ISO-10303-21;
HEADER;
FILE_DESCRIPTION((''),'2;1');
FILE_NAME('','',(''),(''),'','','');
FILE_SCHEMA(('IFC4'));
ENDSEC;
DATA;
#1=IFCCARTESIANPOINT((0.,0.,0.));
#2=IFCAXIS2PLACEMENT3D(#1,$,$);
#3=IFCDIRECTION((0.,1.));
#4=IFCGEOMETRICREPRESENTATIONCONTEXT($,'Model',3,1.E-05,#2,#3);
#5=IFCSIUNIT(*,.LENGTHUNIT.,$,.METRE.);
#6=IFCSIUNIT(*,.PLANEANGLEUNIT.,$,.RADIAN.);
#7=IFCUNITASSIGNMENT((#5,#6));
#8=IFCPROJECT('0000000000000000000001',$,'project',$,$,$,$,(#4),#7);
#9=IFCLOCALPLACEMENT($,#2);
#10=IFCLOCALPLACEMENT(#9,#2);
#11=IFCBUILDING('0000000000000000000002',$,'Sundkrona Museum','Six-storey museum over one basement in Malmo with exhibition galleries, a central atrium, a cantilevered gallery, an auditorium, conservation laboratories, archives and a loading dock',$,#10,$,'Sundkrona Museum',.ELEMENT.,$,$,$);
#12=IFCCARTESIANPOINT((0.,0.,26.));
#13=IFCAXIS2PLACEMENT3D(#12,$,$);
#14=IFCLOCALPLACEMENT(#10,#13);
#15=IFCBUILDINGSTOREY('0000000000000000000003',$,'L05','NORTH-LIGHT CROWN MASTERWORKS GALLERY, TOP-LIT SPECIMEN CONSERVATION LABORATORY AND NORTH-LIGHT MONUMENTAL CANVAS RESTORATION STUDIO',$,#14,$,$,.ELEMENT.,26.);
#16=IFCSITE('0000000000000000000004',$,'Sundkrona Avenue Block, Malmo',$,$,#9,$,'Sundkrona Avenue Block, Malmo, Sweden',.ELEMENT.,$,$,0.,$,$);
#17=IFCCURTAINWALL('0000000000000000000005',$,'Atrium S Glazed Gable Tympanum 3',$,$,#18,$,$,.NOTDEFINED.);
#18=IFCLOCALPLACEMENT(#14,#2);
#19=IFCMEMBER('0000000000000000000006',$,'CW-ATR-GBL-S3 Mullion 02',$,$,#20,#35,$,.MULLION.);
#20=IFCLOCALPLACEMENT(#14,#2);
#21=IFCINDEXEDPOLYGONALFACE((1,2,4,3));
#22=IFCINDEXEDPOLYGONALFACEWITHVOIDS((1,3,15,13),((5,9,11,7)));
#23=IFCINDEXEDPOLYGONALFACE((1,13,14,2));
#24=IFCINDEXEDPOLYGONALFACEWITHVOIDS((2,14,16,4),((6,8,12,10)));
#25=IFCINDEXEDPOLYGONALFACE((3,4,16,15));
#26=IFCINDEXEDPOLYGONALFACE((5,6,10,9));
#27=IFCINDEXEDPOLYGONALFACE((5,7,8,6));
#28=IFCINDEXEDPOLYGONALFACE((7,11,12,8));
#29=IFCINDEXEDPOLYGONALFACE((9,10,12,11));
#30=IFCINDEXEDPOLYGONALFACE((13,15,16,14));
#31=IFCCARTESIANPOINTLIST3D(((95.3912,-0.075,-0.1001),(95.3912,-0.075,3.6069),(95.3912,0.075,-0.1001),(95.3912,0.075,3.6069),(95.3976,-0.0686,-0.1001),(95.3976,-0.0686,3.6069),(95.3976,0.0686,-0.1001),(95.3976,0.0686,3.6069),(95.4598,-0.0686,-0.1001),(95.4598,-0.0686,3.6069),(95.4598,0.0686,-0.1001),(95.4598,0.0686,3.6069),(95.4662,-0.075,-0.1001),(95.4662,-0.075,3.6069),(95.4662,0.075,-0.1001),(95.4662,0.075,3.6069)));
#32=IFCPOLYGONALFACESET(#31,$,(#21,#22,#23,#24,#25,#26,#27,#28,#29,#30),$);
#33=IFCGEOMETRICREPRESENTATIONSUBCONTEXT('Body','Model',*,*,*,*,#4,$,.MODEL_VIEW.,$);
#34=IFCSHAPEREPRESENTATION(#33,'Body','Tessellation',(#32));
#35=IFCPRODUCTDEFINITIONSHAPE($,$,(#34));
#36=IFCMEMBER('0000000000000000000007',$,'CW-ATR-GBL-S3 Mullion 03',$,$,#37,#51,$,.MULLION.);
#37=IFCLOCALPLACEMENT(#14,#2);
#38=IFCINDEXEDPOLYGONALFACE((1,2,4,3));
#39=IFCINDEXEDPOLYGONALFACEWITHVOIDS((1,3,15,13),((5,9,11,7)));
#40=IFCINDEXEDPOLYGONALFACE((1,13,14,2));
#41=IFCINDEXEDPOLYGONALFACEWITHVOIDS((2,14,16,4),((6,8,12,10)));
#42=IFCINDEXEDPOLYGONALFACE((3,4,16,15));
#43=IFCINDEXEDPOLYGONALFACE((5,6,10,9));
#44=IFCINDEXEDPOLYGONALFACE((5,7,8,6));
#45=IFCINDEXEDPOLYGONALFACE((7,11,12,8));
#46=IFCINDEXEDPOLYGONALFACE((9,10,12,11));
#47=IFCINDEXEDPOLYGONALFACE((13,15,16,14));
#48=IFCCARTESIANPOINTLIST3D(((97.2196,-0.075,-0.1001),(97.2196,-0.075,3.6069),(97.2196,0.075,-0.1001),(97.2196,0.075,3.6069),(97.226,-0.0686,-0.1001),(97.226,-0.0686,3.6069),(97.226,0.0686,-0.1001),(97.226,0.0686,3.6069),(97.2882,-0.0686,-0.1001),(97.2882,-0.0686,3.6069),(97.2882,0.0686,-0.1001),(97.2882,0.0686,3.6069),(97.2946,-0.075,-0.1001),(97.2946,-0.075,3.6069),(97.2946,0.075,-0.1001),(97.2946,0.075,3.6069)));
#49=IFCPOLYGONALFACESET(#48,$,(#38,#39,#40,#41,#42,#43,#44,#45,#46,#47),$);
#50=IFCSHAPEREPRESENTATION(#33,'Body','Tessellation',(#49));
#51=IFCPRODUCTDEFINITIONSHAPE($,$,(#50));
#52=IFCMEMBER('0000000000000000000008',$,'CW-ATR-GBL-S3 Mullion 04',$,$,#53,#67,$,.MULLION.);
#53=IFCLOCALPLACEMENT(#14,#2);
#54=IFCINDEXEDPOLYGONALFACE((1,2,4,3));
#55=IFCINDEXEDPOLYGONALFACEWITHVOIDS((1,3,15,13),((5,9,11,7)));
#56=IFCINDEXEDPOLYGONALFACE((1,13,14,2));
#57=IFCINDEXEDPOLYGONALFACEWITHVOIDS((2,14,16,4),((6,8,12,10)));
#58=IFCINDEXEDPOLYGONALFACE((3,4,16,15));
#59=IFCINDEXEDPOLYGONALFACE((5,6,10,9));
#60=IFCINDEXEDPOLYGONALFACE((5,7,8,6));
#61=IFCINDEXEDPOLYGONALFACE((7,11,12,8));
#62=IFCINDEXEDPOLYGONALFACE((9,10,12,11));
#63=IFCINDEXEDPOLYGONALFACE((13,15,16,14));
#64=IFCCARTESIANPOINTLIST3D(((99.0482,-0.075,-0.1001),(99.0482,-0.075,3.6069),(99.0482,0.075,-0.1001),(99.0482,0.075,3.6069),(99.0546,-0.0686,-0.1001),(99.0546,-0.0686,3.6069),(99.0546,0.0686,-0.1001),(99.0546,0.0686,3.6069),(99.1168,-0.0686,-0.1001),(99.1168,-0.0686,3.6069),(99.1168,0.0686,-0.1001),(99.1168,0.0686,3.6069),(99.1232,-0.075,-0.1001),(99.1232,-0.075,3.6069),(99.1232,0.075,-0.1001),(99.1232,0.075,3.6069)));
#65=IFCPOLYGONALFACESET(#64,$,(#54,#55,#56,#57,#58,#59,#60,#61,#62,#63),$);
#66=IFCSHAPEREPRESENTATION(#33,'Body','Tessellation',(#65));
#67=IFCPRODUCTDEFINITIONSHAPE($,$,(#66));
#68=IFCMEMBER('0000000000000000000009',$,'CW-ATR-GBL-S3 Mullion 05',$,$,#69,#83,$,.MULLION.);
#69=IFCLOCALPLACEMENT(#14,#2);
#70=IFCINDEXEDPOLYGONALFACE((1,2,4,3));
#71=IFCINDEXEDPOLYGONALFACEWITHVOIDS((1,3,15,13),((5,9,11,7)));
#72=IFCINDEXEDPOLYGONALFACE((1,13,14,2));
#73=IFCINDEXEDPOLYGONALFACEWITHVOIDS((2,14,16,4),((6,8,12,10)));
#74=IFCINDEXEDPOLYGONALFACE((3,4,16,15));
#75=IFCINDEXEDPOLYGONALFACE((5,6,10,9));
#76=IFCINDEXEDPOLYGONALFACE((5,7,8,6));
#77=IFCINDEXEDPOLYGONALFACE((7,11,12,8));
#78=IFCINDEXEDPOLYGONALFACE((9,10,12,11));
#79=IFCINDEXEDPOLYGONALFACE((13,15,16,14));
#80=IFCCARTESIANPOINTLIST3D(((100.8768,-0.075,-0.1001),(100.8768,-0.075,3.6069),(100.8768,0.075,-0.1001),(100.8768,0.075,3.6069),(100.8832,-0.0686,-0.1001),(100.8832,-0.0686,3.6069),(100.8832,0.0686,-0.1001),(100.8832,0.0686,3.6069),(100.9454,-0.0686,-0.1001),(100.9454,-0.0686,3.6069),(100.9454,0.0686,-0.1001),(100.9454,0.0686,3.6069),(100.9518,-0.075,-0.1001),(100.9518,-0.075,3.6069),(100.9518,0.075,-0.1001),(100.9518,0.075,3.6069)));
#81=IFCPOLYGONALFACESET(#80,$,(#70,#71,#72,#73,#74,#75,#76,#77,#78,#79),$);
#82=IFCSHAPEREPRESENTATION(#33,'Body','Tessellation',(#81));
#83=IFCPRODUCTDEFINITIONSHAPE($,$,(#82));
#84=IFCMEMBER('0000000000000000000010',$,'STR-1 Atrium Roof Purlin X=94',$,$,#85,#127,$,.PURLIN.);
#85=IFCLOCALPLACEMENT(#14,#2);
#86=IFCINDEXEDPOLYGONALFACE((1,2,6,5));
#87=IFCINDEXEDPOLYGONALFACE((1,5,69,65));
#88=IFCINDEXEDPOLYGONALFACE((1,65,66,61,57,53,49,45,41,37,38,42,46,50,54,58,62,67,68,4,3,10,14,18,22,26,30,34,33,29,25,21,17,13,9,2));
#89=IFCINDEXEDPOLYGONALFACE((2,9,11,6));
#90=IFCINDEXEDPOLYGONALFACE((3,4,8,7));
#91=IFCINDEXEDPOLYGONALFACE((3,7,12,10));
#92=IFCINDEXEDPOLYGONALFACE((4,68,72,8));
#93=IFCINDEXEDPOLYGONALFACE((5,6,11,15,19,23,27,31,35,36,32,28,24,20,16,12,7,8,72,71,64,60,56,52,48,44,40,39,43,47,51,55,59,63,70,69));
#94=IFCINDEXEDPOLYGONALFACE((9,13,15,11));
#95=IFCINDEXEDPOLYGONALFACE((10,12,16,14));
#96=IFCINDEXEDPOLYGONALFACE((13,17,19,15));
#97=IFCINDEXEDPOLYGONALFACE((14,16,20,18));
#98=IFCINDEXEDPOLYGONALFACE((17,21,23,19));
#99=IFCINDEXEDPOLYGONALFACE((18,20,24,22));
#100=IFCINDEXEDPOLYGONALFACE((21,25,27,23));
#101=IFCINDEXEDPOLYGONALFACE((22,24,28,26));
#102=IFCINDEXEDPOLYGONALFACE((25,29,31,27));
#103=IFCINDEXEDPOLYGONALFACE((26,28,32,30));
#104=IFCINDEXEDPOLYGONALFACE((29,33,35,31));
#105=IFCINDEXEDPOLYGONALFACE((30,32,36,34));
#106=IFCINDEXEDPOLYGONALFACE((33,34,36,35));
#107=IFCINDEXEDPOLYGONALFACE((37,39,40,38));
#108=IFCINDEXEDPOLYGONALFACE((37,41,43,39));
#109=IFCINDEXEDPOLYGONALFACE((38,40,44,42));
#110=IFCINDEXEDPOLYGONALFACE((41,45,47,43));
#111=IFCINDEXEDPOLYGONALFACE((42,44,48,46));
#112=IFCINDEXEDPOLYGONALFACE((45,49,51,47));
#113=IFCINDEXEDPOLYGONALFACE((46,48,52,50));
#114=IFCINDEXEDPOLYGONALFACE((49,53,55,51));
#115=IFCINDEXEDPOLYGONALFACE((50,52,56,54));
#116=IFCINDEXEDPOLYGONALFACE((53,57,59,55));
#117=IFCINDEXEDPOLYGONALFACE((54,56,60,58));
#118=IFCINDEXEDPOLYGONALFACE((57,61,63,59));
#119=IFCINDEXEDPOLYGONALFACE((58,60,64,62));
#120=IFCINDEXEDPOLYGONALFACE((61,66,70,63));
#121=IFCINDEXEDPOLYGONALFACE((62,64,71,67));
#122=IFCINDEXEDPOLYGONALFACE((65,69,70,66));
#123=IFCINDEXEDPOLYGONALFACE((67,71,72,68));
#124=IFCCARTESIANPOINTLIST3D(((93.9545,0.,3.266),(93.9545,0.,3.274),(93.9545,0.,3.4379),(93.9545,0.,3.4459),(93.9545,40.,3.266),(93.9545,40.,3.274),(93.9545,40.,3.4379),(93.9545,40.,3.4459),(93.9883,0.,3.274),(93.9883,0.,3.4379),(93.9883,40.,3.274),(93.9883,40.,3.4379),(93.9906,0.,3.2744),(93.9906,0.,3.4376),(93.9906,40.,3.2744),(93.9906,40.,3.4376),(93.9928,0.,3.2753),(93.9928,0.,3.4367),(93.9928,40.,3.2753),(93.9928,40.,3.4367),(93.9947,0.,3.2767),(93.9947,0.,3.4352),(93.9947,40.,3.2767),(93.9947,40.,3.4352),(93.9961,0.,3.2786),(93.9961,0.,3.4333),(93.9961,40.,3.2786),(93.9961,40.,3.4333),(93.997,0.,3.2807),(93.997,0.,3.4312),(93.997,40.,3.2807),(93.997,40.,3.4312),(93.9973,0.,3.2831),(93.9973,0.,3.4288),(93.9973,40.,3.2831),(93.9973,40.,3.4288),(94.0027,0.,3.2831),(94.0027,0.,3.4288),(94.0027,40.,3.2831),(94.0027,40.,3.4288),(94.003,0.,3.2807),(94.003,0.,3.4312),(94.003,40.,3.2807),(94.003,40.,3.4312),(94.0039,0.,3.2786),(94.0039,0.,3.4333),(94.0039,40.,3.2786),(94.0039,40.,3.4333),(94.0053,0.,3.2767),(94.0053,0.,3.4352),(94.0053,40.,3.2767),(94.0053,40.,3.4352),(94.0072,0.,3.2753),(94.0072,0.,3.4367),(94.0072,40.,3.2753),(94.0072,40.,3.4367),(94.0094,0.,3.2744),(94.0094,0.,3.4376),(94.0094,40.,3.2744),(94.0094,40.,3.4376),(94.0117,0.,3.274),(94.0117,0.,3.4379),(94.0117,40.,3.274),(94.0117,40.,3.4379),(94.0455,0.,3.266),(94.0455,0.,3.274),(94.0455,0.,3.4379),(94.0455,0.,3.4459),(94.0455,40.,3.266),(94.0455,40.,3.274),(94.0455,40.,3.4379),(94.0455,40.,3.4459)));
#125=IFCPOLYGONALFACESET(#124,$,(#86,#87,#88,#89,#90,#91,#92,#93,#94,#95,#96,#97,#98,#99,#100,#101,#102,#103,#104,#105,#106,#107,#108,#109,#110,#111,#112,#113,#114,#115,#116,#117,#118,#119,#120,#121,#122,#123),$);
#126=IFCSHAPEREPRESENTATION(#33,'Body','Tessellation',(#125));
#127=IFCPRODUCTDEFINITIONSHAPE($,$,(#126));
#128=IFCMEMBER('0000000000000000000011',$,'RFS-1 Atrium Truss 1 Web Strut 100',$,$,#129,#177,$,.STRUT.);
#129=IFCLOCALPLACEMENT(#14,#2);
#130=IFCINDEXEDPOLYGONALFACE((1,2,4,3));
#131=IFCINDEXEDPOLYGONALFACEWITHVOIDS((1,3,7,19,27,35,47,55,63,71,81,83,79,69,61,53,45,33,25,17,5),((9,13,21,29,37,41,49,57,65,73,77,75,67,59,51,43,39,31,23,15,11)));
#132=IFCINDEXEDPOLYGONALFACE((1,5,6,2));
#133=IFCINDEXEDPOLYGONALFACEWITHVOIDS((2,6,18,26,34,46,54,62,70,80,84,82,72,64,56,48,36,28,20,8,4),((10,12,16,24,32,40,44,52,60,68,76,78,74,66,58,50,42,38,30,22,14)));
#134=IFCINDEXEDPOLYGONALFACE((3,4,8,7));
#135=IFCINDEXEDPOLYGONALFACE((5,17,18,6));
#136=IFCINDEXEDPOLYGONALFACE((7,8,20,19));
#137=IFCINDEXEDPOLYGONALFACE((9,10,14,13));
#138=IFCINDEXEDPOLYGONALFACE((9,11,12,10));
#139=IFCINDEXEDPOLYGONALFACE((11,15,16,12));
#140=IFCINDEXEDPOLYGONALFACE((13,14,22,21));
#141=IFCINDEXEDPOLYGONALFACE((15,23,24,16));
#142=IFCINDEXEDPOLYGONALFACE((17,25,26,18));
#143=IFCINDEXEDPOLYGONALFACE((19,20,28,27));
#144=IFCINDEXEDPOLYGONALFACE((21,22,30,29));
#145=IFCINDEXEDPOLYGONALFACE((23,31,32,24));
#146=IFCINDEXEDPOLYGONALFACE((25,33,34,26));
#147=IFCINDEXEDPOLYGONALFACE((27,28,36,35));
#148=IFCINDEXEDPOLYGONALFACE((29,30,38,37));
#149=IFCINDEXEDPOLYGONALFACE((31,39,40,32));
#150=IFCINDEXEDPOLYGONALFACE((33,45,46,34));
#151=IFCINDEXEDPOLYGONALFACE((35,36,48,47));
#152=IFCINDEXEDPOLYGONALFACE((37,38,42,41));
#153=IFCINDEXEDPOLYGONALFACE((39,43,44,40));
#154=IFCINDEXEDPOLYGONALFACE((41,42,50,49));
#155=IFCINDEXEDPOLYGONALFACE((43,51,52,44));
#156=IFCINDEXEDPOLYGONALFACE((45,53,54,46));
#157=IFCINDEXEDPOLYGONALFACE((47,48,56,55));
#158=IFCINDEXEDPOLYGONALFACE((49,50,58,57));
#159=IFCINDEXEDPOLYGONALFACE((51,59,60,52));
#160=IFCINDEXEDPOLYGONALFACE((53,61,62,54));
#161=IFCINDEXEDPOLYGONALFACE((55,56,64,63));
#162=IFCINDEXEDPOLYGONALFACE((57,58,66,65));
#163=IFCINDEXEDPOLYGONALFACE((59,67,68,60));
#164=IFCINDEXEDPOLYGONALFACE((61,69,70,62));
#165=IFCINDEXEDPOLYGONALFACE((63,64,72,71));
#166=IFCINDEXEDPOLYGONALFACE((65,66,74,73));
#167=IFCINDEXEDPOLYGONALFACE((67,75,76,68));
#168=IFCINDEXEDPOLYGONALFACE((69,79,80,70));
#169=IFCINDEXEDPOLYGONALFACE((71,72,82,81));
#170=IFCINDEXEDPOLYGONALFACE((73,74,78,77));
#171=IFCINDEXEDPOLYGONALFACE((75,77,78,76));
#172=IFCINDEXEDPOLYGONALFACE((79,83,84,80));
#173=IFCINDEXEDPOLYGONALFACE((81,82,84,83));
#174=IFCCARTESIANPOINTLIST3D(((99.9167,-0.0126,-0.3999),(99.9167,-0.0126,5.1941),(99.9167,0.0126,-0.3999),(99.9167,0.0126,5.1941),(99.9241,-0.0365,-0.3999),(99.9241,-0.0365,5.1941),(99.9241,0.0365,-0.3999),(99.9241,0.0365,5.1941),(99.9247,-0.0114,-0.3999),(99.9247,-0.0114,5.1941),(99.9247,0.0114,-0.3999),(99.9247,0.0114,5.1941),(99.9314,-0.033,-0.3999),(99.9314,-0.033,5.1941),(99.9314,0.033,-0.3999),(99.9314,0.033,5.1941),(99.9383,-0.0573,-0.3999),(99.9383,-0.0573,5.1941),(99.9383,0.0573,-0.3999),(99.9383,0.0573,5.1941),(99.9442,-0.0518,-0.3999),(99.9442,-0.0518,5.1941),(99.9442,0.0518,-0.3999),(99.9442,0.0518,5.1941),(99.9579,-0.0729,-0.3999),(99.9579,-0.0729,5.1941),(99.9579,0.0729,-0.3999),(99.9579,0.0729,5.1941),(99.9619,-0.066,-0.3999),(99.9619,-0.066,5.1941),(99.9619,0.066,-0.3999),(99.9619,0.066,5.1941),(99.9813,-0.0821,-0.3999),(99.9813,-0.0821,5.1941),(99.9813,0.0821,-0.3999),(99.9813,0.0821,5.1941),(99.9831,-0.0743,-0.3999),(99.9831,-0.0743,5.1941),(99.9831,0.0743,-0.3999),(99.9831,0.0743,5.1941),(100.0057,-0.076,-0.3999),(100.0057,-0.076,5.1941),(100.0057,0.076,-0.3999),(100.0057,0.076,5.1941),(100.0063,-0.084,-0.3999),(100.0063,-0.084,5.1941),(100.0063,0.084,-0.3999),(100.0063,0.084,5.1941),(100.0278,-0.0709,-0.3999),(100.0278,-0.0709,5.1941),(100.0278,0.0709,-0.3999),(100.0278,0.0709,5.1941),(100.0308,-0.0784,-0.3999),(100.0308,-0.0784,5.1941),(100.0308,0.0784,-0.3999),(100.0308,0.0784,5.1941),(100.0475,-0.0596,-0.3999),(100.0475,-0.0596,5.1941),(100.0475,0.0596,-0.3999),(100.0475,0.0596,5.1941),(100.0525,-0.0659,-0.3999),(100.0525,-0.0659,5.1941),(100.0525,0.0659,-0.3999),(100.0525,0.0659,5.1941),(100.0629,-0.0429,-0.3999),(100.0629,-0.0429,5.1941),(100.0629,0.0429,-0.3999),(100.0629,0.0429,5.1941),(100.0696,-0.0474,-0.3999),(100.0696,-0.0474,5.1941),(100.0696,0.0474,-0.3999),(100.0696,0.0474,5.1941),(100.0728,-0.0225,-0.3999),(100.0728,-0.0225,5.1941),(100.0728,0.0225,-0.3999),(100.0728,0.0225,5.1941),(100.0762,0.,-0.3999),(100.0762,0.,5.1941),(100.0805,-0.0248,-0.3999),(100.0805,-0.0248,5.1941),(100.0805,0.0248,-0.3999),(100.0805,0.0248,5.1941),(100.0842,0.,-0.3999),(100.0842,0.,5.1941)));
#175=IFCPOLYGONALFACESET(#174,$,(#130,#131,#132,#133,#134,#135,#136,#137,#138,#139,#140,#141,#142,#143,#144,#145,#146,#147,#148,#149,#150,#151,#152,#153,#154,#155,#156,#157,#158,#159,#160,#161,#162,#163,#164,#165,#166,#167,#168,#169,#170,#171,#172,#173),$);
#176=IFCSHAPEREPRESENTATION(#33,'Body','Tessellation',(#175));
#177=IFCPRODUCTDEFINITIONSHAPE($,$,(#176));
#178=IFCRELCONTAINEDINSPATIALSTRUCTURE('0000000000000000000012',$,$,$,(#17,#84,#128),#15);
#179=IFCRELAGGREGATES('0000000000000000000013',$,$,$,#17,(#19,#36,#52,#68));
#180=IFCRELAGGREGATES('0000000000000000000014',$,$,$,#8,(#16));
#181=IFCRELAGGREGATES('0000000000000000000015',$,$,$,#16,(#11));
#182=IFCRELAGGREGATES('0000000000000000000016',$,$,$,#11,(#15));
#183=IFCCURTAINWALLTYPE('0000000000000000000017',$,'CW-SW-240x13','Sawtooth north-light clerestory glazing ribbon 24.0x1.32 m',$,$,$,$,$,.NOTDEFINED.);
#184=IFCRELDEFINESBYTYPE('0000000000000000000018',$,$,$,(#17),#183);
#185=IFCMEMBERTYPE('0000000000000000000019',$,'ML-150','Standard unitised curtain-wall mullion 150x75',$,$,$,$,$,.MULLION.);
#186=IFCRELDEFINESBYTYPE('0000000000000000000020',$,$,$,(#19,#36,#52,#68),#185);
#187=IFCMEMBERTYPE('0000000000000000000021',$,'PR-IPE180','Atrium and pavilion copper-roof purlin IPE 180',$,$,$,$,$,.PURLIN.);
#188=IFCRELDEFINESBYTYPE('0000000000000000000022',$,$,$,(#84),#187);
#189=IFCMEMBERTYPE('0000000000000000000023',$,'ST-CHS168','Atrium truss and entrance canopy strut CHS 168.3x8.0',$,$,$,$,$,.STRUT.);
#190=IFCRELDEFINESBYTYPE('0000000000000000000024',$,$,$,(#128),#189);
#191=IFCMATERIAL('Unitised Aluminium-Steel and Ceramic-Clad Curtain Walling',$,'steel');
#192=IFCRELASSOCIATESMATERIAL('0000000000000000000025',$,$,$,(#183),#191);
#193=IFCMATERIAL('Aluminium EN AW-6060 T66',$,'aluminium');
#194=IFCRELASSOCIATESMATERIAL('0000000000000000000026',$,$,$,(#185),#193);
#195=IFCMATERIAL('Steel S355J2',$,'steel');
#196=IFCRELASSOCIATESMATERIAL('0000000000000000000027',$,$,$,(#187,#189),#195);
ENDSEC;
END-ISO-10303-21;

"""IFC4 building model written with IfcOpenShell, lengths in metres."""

from ifc_helpers import new_model, si_unit, direction, frame, origin, origin_2d, place, context, subcontext, project, spatial, hollow_rectangle, hollow_circle, i_section, extrude, material, material_profile, profile_set, type_object, element, aggregate, save


model = new_model("IFC4")

# Units and contexts
model_context = context("Model", 3, precision=1e-05, world=origin(), true_north=direction((0.0, 1.0)))
body_context = subcontext(model_context, "Body", "Model", "MODEL_VIEW")
ifc_project = project(units=[si_unit("LENGTHUNIT", "METRE"), si_unit("PLANEANGLEUNIT", "RADIAN")], contexts=[model_context])

# Site, building, storey
site_placement = place(None, origin())
site = spatial("IfcSite", under=ifc_project, at=site_placement, Name="Sundkrona Avenue Block, Malmo", LongName="Sundkrona Avenue Block, Malmo, Sweden", CompositionType="ELEMENT", RefElevation=0.0)
building_placement = place(site_placement, origin())
building = spatial("IfcBuilding", under=site, at=building_placement, Name="Sundkrona Museum", Description="Six-storey museum over one basement in Malmo with exhibition galleries, a central atrium, a cantilevered gallery, an auditorium, conservation laboratories, archives and a loading dock", LongName="Sundkrona Museum", CompositionType="ELEMENT")
storey_placement = place(building_placement, frame((0.0, 0.0, 26.0)))
storey = spatial("IfcBuildingStorey", under=building, at=storey_placement, Name="L05", Description="NORTH-LIGHT CROWN MASTERWORKS GALLERY, TOP-LIT SPECIMEN CONSERVATION LABORATORY AND NORTH-LIGHT MONUMENTAL CANVAS RESTORATION STUDIO", CompositionType="ELEMENT", Elevation=26.0)

# Curtain wall, members
ifc_material_1 = material(Name="Unitised Aluminium-Steel and Ceramic-Clad Curtain Walling", Category="steel")
curtain_wall_type = type_object("IfcCurtainWallType", Name="CW-SW-240x13", Description="Sawtooth north-light clerestory glazing ribbon 24.0x1.32 m", PredefinedType="NOTDEFINED", material=ifc_material_1)
curtain_wall_placement = place(storey_placement, origin())
curtain_wall = element("IfcCurtainWall", 1, at=curtain_wall_placement, inside=storey, type_object=curtain_wall_type, Name="Atrium S Glazed Gable Tympanum 3", PredefinedType="NOTDEFINED")
ifc_material_2 = material(Name="Aluminium EN AW-6060 T66", Category="aluminium")
ifc_material_profile_1 = material_profile(ifc_material_2, hollow_rectangle(XDim=0.075, YDim=0.1499, WallThickness=0.0063, at=origin_2d()), Name="RHS 150x75x6.3")
ifc_profile_set_1 = profile_set([ifc_material_profile_1], Name="Aluminium EN AW-6060 T66")
member_type_1 = type_object("IfcMemberType", Name="ML-150", Description="Standard unitised curtain-wall mullion 150x75", PredefinedType="MULLION", material=ifc_profile_set_1)
member_1_placement = place(storey_placement, frame((95.4287, 0.0, -0.1001), z_axis=(0.0, 0.0, 1.0), x_axis=(1.0, 0.0, 0.0)))
member_1 = element("IfcMember", 2, at=member_1_placement, type_object=member_type_1, Name="CW-ATR-GBL-S3 Mullion 02", PredefinedType="MULLION", context=body_context, shape_type="SweptSolid", body=[
    extrude(hollow_rectangle(XDim=0.075, YDim=0.1499, WallThickness=0.0063, at=origin_2d()), origin(), (0.0, 0.0, 1.0), 3.707),
])
member_2_placement = place(storey_placement, frame((97.2571, 0.0, -0.1001), z_axis=(0.0, 0.0, 1.0), x_axis=(1.0, 0.0, 0.0)))
member_2 = element("IfcMember", 3, at=member_2_placement, type_object=member_type_1, Name="CW-ATR-GBL-S3 Mullion 03", PredefinedType="MULLION", context=body_context, shape_type="SweptSolid", body=[
    extrude(hollow_rectangle(XDim=0.075, YDim=0.1499, WallThickness=0.0063, at=origin_2d()), origin(), (0.0, 0.0, 1.0), 3.707),
])
member_3_placement = place(storey_placement, frame((99.0857, 0.0, -0.1001), z_axis=(0.0, 0.0, 1.0), x_axis=(1.0, 0.0, 0.0)))
member_3 = element("IfcMember", 4, at=member_3_placement, type_object=member_type_1, Name="CW-ATR-GBL-S3 Mullion 04", PredefinedType="MULLION", context=body_context, shape_type="SweptSolid", body=[
    extrude(hollow_rectangle(XDim=0.075, YDim=0.1499, WallThickness=0.0063, at=origin_2d()), origin(), (0.0, 0.0, 1.0), 3.707),
])
member_4_placement = place(storey_placement, frame((100.9143, 0.0, -0.1001), z_axis=(0.0, 0.0, 1.0), x_axis=(1.0, 0.0, 0.0)))
member_4 = element("IfcMember", 5, at=member_4_placement, type_object=member_type_1, Name="CW-ATR-GBL-S3 Mullion 05", PredefinedType="MULLION", context=body_context, shape_type="SweptSolid", body=[
    extrude(hollow_rectangle(XDim=0.075, YDim=0.1499, WallThickness=0.0063, at=origin_2d()), origin(), (0.0, 0.0, 1.0), 3.707),
])

# Members
ifc_material_3 = material(Name="Steel S355J2", Category="steel")
ifc_material_profile_2 = material_profile(ifc_material_3, i_section(OverallWidth=0.0911, OverallDepth=0.1799, WebThickness=0.0054, FlangeThickness=0.0081, FilletRadius=0.009, at=origin_2d()), Name="IPE 180")
ifc_profile_set_2 = profile_set([ifc_material_profile_2], Name="Steel S355J2")
member_type_2 = type_object("IfcMemberType", Name="PR-IPE180", Description="Atrium and pavilion copper-roof purlin IPE 180", PredefinedType="PURLIN", material=ifc_profile_set_2)
member_5_placement = place(storey_placement, frame((94.0, 0.0, 3.356), z_axis=(0.0, 1.0, 0.0), x_axis=(-1.0, 0.0, 0.0)))
element("IfcMember", 6, at=member_5_placement, inside=storey, type_object=member_type_2, Name="STR-1 Atrium Roof Purlin X=94", PredefinedType="PURLIN", context=body_context, shape_type="SweptSolid", body=[
    extrude(i_section(OverallWidth=0.0911, OverallDepth=0.1799, WebThickness=0.0054, FlangeThickness=0.0081, FilletRadius=0.009, at=origin_2d()), origin(), (0.0, 0.0, 1.0), 40.0),
])
ifc_material_profile_3 = material_profile(ifc_material_3, hollow_circle(Radius=0.0842, WallThickness=0.0081, at=origin_2d()), Name="CHS 168.3x8.0")
ifc_profile_set_3 = profile_set([ifc_material_profile_3], Name="Steel S355J2")
member_type_3 = type_object("IfcMemberType", Name="ST-CHS168", Description="Atrium truss and entrance canopy strut CHS 168.3x8.0", PredefinedType="STRUT", material=ifc_profile_set_3)
member_6_placement = place(storey_placement, frame((100.0, 0.0, -0.3999), z_axis=(0.0, 0.0, 1.0), x_axis=(1.0, 0.0, 0.0)))
element("IfcMember", 7, at=member_6_placement, inside=storey, type_object=member_type_3, Name="RFS-1 Atrium Truss 1 Web Strut 100", PredefinedType="STRUT", context=body_context, shape_type="SweptSolid", body=[
    extrude(hollow_circle(Radius=0.0842, WallThickness=0.0081, at=origin_2d()), origin(), (0.0, 0.0, 1.0), 5.594),
])

aggregate(curtain_wall, [member_1, member_2, member_3, member_4])

save(model, "model.ifc")
